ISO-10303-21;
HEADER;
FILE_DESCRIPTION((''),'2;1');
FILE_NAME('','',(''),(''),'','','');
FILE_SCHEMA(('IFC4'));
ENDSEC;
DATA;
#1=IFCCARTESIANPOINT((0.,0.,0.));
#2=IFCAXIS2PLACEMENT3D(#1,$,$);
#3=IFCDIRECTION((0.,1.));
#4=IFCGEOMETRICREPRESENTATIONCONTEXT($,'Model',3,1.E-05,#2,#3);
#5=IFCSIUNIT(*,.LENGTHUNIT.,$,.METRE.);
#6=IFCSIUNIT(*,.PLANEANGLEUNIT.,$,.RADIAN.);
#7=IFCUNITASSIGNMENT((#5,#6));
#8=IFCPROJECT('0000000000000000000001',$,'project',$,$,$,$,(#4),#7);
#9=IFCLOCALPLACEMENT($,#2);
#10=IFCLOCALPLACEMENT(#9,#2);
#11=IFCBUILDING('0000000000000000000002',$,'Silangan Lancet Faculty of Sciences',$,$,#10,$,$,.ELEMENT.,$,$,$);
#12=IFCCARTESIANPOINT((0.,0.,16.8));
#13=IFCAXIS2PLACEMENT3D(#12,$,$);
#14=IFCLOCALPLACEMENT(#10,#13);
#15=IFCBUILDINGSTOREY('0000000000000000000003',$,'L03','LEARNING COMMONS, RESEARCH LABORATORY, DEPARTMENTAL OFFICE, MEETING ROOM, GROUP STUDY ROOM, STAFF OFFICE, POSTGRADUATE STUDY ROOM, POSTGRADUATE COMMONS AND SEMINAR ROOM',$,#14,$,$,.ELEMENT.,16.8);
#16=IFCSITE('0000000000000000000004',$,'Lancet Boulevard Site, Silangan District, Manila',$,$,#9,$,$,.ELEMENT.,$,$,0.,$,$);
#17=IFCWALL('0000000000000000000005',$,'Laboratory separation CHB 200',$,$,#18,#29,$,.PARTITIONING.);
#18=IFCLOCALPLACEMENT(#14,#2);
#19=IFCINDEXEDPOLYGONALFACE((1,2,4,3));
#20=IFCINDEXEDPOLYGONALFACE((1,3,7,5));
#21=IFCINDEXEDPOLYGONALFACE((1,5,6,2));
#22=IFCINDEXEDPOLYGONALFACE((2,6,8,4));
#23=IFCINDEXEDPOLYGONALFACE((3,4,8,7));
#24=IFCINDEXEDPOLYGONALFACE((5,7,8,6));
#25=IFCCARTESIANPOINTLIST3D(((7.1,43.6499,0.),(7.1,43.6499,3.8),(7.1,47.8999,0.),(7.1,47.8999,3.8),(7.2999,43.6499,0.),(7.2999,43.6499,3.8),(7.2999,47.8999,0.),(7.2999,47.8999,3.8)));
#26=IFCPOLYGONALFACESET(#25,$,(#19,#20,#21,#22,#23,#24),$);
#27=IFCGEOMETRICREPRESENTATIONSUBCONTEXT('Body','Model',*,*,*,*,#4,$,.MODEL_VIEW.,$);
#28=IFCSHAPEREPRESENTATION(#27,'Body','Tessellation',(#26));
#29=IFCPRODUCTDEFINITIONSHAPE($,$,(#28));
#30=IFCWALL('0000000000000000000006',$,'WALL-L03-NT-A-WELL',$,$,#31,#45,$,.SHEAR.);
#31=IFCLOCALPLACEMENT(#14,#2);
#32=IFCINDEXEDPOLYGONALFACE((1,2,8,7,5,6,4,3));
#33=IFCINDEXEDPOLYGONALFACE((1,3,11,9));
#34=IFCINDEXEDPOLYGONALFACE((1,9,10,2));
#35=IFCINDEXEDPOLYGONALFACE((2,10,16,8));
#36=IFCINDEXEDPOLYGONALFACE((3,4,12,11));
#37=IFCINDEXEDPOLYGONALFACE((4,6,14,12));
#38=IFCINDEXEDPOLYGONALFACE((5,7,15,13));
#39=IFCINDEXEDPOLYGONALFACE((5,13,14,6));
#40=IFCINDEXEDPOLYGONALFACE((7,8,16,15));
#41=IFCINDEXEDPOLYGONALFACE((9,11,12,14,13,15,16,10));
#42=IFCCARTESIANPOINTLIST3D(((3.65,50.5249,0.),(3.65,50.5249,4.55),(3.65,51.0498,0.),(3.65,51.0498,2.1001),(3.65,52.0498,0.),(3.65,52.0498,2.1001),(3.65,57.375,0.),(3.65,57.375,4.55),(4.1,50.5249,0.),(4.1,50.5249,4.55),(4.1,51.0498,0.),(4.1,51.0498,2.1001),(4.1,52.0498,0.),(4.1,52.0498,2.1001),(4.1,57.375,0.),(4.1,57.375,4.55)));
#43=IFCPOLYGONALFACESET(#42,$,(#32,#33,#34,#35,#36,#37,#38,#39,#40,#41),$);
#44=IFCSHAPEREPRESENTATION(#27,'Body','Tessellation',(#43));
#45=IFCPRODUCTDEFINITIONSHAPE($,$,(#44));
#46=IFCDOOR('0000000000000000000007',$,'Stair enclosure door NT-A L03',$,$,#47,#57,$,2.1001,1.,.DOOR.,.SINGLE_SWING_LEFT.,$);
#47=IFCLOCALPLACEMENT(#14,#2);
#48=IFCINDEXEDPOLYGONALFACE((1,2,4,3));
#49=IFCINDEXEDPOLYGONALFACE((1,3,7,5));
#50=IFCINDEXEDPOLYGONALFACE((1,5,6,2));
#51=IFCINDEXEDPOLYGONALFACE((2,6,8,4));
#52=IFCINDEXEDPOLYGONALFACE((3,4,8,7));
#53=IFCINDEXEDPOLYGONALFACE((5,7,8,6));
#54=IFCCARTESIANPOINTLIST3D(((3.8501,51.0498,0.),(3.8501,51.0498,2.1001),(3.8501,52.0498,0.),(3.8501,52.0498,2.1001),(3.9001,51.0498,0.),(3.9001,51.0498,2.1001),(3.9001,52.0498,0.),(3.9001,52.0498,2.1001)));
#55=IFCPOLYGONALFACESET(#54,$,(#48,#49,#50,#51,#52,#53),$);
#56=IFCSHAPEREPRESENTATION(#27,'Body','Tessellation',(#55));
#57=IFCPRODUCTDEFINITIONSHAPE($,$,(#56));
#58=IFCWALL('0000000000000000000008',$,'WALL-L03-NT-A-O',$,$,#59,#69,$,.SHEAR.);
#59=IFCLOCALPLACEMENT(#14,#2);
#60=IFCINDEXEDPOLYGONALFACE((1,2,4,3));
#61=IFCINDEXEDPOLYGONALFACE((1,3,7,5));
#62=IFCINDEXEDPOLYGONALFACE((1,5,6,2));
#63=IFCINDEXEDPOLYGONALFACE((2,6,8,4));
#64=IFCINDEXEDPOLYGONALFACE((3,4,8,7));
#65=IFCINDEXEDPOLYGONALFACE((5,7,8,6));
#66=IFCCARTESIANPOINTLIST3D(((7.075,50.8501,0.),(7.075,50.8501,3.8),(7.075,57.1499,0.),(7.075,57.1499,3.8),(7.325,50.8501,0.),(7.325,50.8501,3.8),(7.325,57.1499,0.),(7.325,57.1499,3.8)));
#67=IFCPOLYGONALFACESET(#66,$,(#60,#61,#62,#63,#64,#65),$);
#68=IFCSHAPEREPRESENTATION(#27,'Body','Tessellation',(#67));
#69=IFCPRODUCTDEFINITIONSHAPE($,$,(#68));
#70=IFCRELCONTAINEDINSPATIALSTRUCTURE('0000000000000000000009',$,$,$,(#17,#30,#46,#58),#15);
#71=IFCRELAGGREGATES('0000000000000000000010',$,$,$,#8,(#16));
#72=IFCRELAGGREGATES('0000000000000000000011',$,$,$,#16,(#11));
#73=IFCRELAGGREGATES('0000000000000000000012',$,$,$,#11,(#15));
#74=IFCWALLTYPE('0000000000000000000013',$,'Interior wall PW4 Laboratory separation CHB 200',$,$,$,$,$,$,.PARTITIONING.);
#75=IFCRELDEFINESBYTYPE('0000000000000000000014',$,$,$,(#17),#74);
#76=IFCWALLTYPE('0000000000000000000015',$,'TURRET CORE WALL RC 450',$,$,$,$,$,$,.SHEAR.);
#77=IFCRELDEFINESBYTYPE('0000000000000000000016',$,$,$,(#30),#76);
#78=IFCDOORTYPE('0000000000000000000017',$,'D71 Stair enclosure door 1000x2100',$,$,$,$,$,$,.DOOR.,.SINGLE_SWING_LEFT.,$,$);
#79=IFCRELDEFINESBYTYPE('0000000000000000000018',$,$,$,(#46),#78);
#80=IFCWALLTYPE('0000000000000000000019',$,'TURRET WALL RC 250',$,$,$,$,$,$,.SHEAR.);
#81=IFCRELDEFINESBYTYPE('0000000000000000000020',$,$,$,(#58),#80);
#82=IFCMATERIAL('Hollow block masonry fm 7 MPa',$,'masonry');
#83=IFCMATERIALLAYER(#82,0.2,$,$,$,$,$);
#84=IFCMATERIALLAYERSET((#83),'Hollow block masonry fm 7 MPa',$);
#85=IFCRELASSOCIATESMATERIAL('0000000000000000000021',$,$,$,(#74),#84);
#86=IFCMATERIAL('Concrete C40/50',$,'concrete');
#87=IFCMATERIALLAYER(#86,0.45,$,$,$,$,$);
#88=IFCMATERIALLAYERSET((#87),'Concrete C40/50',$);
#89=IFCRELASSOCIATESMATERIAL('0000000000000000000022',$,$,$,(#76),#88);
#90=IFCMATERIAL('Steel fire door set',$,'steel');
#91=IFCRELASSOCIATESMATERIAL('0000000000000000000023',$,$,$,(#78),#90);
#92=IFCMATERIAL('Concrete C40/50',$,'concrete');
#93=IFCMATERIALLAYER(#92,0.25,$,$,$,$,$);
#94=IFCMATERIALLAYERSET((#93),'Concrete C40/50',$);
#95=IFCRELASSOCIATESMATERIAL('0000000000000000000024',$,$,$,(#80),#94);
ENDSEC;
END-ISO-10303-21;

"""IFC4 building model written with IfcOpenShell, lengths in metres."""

from ifc_helpers import new_model, si_unit, direction, frame, frame_2d, origin, place, context, subcontext, project, spatial, rectangle, extrude, material, layer, layer_set, type_object, element, fill, save


model = new_model("IFC4")

# Units and contexts
model_context = context("Model", 3, precision=1e-05, world=origin(), true_north=direction((0.0, 1.0)))
body_context = subcontext(model_context, "Body", "Model", "MODEL_VIEW")
ifc_project = project(units=[si_unit("LENGTHUNIT", "METRE"), si_unit("PLANEANGLEUNIT", "RADIAN")], contexts=[model_context])

# Site, building, storey
site_placement = place(None, origin())
site = spatial("IfcSite", under=ifc_project, at=site_placement, Name="Lancet Boulevard Site, Silangan District, Manila", CompositionType="ELEMENT", RefElevation=0.0)
building_placement = place(site_placement, origin())
building = spatial("IfcBuilding", under=site, at=building_placement, Name="Silangan Lancet Faculty of Sciences", CompositionType="ELEMENT")
storey_placement = place(building_placement, frame((0.0, 0.0, 16.8)))
storey = spatial("IfcBuildingStorey", under=building, at=storey_placement, Name="L03", Description="LEARNING COMMONS, RESEARCH LABORATORY, DEPARTMENTAL OFFICE, MEETING ROOM, GROUP STUDY ROOM, STAFF OFFICE, POSTGRADUATE STUDY ROOM, POSTGRADUATE COMMONS AND SEMINAR ROOM", CompositionType="ELEMENT", Elevation=16.8)

# Wall
ifc_material_1 = material(Name="Hollow block masonry fm 7 MPa", Category="masonry")
ifc_layer_1 = layer(ifc_material_1, 0.2)
ifc_layer_set_1 = layer_set([ifc_layer_1], Name="Hollow block masonry fm 7 MPa")
wall_type_1 = type_object("IfcWallType", Name="Interior wall PW4 Laboratory separation CHB 200", PredefinedType="PARTITIONING", material=ifc_layer_set_1)
wall_1_placement = place(storey_placement, frame((7.2, 43.6499, 0.0), z_axis=(0.0, 0.0, 1.0), x_axis=(0.0, 1.0, 0.0)))
element("IfcWall", 1, at=wall_1_placement, inside=storey, type_object=wall_type_1, Name="Laboratory separation CHB 200", PredefinedType="PARTITIONING", context=body_context, shape_type="SweptSolid", body=[
    extrude(rectangle(XDim=4.25, YDim=0.2, at=frame_2d((2.125, 0.0))), origin(), (0.0, 0.0, 1.0), 3.8),
])

# Wall, opening, door
ifc_material_2 = material(Name="Concrete C40/50", Category="concrete")
ifc_layer_2 = layer(ifc_material_2, 0.45)
ifc_layer_set_2 = layer_set([ifc_layer_2], Name="Concrete C40/50")
wall_type_2 = type_object("IfcWallType", Name="TURRET CORE WALL RC 450", PredefinedType="SHEAR", material=ifc_layer_set_2)
wall_2_placement = place(storey_placement, frame((3.875, 50.5249, 0.0), z_axis=(0.0, 0.0, 1.0), x_axis=(0.0, 1.0, 0.0)))
wall_2 = element("IfcWall", 2, at=wall_2_placement, inside=storey, type_object=wall_type_2, Name="WALL-L03-NT-A-WELL", PredefinedType="SHEAR", context=body_context, shape_type="SweptSolid", body=[
    extrude(rectangle(XDim=6.8501, YDim=0.45, at=frame_2d((3.425, 0.0))), origin(), (0.0, 0.0, 1.0), 4.55),
])
opening_1_placement = place(wall_2_placement, frame((0.5249, 0.0, 0.0)))
opening_1 = element("IfcOpeningElement", 3, at=opening_1_placement, cuts=wall_2, PredefinedType="OPENING", context=body_context, shape_type="SweptSolid", body=[
    extrude(rectangle(XDim=1.0, YDim=2.1001, at=frame_2d((0.5, 1.05))), frame((0.0, 0.2349, 0.0), z_axis=(0.0, -1.0, 0.0), x_axis=(1.0, 0.0, 0.0)), (0.0, 0.0, 1.0), 0.47),
])
ifc_material_3 = material(Name="Steel fire door set", Category="steel")
door_type_1 = type_object("IfcDoorType", Name="D71 Stair enclosure door 1000x2100", OperationType="SINGLE_SWING_LEFT", PredefinedType="DOOR", material=ifc_material_3)
door_1_placement = place(opening_1_placement, origin())
door_1 = element("IfcDoor", 4, at=door_1_placement, inside=storey, type_object=door_type_1, Name="Stair enclosure door NT-A L03", OperationType="SINGLE_SWING_LEFT", OverallHeight=2.1001, OverallWidth=1.0, PredefinedType="DOOR", context=body_context, shape_type="SweptSolid", body=[
    extrude(rectangle(XDim=1.0, YDim=2.1001, at=frame_2d((0.5, 1.05))), frame((0.0, 0.0249, 0.0), z_axis=(0.0, -1.0, 0.0), x_axis=(1.0, 0.0, 0.0)), (0.0, 0.0, 1.0), 0.05),
])
fill(opening_1, door_1)

# Wall
ifc_material_4 = material(Name="Concrete C40/50", Category="concrete")
ifc_layer_3 = layer(ifc_material_4, 0.25)
ifc_layer_set_3 = layer_set([ifc_layer_3], Name="Concrete C40/50")
wall_type_3 = type_object("IfcWallType", Name="TURRET WALL RC 250", PredefinedType="SHEAR", material=ifc_layer_set_3)
wall_3_placement = place(storey_placement, frame((7.2, 50.8501, 0.0), z_axis=(0.0, 0.0, 1.0), x_axis=(0.0, 1.0, 0.0)))
element("IfcWall", 5, at=wall_3_placement, inside=storey, type_object=wall_type_3, Name="WALL-L03-NT-A-O", PredefinedType="SHEAR", context=body_context, shape_type="SweptSolid", body=[
    extrude(rectangle(XDim=6.2998, YDim=0.25, at=frame_2d((3.1499, 0.0))), origin(), (0.0, 0.0, 1.0), 3.8),
])

save(model, "model.ifc")
